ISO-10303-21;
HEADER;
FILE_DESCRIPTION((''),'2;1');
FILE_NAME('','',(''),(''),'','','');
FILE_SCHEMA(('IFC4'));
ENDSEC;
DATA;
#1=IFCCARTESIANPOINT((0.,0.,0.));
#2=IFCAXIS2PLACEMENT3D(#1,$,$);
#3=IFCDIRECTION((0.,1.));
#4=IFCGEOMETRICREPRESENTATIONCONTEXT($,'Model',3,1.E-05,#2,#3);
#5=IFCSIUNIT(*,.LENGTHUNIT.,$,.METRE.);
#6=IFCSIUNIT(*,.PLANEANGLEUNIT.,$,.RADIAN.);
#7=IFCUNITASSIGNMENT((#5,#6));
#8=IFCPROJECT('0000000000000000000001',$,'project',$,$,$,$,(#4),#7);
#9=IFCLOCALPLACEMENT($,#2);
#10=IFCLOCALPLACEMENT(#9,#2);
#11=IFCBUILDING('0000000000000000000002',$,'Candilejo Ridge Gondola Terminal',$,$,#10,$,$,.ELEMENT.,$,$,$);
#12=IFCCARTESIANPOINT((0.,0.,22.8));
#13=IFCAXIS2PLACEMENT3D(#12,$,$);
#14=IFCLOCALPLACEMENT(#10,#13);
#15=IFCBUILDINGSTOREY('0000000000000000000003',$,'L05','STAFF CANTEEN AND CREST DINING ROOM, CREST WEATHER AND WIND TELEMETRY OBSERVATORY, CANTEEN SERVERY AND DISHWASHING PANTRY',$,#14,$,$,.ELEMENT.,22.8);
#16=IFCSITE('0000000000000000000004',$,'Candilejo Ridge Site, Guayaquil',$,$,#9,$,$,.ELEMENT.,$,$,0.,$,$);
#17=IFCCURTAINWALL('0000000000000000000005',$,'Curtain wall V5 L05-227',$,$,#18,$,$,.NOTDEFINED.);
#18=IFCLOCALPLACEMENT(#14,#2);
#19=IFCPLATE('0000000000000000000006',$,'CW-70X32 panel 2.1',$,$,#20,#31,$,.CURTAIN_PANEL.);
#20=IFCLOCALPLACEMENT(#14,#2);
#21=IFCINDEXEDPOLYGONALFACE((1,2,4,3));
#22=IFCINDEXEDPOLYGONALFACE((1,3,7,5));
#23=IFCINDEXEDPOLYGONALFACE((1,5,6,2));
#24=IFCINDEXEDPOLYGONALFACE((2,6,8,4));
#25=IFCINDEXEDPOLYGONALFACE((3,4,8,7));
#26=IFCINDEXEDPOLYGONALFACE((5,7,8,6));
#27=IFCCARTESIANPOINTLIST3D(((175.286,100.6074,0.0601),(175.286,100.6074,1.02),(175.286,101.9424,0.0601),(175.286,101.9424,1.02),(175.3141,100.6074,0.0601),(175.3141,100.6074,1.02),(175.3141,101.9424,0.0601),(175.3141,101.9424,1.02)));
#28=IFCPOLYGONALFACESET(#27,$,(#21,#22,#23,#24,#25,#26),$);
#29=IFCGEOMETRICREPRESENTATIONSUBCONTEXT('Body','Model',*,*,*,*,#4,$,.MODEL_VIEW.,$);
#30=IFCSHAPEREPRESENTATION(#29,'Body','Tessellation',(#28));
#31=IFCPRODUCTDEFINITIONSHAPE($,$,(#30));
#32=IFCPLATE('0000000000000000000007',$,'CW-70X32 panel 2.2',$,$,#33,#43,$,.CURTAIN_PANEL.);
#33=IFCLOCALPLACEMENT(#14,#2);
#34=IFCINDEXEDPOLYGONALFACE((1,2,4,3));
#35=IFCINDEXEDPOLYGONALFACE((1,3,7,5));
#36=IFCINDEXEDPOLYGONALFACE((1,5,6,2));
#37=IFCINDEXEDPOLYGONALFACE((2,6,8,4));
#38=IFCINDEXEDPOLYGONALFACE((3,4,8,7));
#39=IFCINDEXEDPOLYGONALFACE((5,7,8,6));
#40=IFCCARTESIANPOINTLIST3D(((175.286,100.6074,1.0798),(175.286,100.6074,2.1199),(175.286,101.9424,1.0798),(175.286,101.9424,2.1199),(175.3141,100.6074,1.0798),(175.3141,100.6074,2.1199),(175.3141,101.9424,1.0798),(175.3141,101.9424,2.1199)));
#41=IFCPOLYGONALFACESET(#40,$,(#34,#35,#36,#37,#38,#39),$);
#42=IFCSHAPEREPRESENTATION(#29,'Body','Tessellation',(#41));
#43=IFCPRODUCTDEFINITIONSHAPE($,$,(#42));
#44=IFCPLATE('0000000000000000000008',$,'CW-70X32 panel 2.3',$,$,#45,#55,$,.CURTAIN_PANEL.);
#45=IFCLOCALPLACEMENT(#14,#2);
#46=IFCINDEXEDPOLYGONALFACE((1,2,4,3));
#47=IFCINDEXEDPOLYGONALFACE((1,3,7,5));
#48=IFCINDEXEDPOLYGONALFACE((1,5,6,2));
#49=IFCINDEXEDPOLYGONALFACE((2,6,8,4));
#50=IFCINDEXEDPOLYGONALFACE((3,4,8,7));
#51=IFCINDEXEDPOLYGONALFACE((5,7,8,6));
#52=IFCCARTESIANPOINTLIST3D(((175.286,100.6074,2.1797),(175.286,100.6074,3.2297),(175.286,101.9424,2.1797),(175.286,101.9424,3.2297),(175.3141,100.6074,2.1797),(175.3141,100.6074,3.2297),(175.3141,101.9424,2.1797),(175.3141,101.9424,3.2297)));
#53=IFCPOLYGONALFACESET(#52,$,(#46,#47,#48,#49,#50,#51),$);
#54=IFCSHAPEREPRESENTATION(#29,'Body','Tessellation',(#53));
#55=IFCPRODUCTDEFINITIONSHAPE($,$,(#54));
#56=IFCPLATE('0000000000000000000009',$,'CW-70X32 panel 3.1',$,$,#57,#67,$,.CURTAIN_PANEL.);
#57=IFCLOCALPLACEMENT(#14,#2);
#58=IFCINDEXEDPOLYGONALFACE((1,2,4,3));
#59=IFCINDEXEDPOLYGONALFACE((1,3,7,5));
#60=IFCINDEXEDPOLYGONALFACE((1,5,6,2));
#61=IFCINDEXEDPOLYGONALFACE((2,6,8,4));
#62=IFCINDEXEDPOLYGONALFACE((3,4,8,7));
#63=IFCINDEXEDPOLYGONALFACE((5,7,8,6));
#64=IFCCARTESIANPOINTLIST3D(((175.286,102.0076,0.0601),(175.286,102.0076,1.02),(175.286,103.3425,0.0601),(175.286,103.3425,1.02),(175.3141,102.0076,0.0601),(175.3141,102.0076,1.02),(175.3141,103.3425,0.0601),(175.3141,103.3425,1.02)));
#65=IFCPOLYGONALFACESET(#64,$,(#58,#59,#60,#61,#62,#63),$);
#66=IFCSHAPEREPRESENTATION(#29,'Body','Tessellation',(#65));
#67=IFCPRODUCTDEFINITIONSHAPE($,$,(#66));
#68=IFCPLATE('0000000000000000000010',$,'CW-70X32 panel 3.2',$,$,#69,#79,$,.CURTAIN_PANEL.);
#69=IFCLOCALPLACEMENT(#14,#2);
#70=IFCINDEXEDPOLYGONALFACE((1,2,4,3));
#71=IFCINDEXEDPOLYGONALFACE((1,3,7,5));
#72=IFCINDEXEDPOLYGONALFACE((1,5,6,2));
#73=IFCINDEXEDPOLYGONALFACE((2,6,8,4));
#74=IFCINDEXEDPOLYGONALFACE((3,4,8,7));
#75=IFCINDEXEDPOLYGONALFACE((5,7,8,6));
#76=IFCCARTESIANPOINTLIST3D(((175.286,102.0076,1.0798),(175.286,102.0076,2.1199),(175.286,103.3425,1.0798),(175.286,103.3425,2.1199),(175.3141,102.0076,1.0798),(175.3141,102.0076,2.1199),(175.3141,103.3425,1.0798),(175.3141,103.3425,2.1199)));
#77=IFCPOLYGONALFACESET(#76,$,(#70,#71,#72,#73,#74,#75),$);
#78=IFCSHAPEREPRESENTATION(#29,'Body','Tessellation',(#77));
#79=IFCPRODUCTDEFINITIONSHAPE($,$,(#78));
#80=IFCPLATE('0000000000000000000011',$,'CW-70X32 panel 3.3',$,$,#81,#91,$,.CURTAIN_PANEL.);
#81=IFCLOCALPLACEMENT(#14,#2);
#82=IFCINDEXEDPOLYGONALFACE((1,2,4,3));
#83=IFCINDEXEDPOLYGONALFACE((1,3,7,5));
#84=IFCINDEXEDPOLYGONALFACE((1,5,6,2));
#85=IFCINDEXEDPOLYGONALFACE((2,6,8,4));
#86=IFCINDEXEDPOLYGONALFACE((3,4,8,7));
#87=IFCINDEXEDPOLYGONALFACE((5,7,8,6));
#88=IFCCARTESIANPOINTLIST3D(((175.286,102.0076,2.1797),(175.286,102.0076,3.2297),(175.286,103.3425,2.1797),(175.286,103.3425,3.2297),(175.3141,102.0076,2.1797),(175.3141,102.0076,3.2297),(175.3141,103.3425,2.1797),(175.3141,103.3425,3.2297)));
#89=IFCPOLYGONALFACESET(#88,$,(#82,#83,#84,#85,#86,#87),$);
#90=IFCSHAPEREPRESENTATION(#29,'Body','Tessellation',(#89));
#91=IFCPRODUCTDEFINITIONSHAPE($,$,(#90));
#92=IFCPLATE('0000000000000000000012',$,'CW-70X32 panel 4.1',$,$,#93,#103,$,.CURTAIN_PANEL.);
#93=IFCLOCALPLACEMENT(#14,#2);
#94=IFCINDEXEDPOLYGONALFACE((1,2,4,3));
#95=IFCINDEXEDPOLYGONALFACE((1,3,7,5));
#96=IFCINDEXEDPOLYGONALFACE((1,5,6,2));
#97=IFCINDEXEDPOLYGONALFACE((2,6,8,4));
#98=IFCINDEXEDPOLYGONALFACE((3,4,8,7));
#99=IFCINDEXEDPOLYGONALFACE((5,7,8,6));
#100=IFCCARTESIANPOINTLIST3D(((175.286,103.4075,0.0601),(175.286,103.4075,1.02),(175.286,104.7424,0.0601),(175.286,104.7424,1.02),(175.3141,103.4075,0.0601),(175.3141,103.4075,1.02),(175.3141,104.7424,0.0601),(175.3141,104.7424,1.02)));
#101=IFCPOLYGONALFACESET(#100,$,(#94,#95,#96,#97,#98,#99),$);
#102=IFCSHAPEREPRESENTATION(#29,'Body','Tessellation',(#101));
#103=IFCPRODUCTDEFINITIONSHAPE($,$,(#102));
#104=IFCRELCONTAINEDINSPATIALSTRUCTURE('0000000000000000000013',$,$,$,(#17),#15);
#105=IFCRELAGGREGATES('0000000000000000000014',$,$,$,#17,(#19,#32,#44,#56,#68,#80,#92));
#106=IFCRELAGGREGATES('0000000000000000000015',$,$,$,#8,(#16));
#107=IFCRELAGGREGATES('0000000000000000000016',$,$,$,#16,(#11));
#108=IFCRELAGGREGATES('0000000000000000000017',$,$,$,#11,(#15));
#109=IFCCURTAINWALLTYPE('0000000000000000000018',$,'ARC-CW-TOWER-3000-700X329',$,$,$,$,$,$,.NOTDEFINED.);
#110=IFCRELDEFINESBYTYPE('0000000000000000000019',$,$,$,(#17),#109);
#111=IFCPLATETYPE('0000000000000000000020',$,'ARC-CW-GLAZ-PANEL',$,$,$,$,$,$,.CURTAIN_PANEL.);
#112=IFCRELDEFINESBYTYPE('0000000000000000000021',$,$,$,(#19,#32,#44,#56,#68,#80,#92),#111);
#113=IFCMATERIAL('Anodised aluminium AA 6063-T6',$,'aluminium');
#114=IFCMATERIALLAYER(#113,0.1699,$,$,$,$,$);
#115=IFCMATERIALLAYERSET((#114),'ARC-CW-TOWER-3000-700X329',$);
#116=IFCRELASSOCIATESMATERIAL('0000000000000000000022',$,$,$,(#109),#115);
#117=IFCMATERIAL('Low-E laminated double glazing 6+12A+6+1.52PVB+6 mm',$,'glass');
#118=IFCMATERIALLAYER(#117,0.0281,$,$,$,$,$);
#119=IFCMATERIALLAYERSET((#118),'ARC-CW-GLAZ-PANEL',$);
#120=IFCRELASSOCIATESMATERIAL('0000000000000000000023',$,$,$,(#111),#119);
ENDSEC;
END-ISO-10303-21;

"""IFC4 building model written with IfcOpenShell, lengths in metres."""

from ifc_helpers import new_model, si_unit, direction, frame, origin, origin_2d, place, context, subcontext, project, spatial, rectangle, extrude, material, layer, layer_set, type_object, element, aggregate, save


model = new_model("IFC4")

# Units and contexts
model_context = context("Model", 3, precision=1e-05, world=origin(), true_north=direction((0.0, 1.0)))
body_context = subcontext(model_context, "Body", "Model", "MODEL_VIEW")
ifc_project = project(units=[si_unit("LENGTHUNIT", "METRE"), si_unit("PLANEANGLEUNIT", "RADIAN")], contexts=[model_context])

# Site, building, storey
site_placement = place(None, origin())
site = spatial("IfcSite", under=ifc_project, at=site_placement, Name="Candilejo Ridge Site, Guayaquil", CompositionType="ELEMENT", RefElevation=0.0)
building_placement = place(site_placement, origin())
building = spatial("IfcBuilding", under=site, at=building_placement, Name="Candilejo Ridge Gondola Terminal", CompositionType="ELEMENT")
storey_placement = place(building_placement, frame((0.0, 0.0, 22.8)))
storey = spatial("IfcBuildingStorey", under=building, at=storey_placement, Name="L05", Description="STAFF CANTEEN AND CREST DINING ROOM, CREST WEATHER AND WIND TELEMETRY OBSERVATORY, CANTEEN SERVERY AND DISHWASHING PANTRY", CompositionType="ELEMENT", Elevation=22.8)

# Curtain wall, plates
ifc_material_1 = material(Name="Anodised aluminium AA 6063-T6", Category="aluminium")
ifc_layer_1 = layer(ifc_material_1, 0.1699)
ifc_layer_set_1 = layer_set([ifc_layer_1], Name="ARC-CW-TOWER-3000-700X329")
curtain_wall_type = type_object("IfcCurtainWallType", Name="ARC-CW-TOWER-3000-700X329", PredefinedType="NOTDEFINED", material=ifc_layer_set_1)
curtain_wall_placement = place(storey_placement, origin())
curtain_wall = element("IfcCurtainWall", 1, at=curtain_wall_placement, inside=storey, type_object=curtain_wall_type, Name="Curtain wall V5 L05-227", PredefinedType="NOTDEFINED")
ifc_material_2 = material(Name="Low-E laminated double glazing 6+12A+6+1.52PVB+6 mm", Category="glass")
ifc_layer_2 = layer(ifc_material_2, 0.0281)
ifc_layer_set_2 = layer_set([ifc_layer_2], Name="ARC-CW-GLAZ-PANEL")
plate_type = type_object("IfcPlateType", Name="ARC-CW-GLAZ-PANEL", PredefinedType="CURTAIN_PANEL", material=ifc_layer_set_2)
plate_1_placement = place(storey_placement, frame((175.3, 101.2749, 0.0601), z_axis=(0.0, 0.0, 1.0), x_axis=(0.0, 1.0, 0.0)))
plate_1 = element("IfcPlate", 2, at=plate_1_placement, type_object=plate_type, Name="CW-70X32 panel 2.1", PredefinedType="CURTAIN_PANEL", context=body_context, shape_type="SweptSolid", body=[
    extrude(rectangle(XDim=1.335, YDim=0.0281, at=origin_2d()), origin(), (0.0, 0.0, 1.0), 0.96),
])
plate_2_placement = place(storey_placement, frame((175.3, 101.2749, 1.0798), z_axis=(0.0, 0.0, 1.0), x_axis=(0.0, 1.0, 0.0)))
plate_2 = element("IfcPlate", 3, at=plate_2_placement, type_object=plate_type, Name="CW-70X32 panel 2.2", PredefinedType="CURTAIN_PANEL", context=body_context, shape_type="SweptSolid", body=[
    extrude(rectangle(XDim=1.335, YDim=0.0281, at=origin_2d()), origin(), (0.0, 0.0, 1.0), 1.04),
])
plate_3_placement = place(storey_placement, frame((175.3, 101.2749, 2.1797), z_axis=(0.0, 0.0, 1.0), x_axis=(0.0, 1.0, 0.0)))
plate_3 = element("IfcPlate", 4, at=plate_3_placement, type_object=plate_type, Name="CW-70X32 panel 2.3", PredefinedType="CURTAIN_PANEL", context=body_context, shape_type="SweptSolid", body=[
    extrude(rectangle(XDim=1.335, YDim=0.0281, at=origin_2d()), origin(), (0.0, 0.0, 1.0), 1.05),
])
plate_4_placement = place(storey_placement, frame((175.3, 102.675, 0.0601), z_axis=(0.0, 0.0, 1.0), x_axis=(0.0, 1.0, 0.0)))
plate_4 = element("IfcPlate", 5, at=plate_4_placement, type_object=plate_type, Name="CW-70X32 panel 3.1", PredefinedType="CURTAIN_PANEL", context=body_context, shape_type="SweptSolid", body=[
    extrude(rectangle(XDim=1.335, YDim=0.0281, at=origin_2d()), origin(), (0.0, 0.0, 1.0), 0.96),
])
plate_5_placement = place(storey_placement, frame((175.3, 102.675, 1.0798), z_axis=(0.0, 0.0, 1.0), x_axis=(0.0, 1.0, 0.0)))
plate_5 = element("IfcPlate", 6, at=plate_5_placement, type_object=plate_type, Name="CW-70X32 panel 3.2", PredefinedType="CURTAIN_PANEL", context=body_context, shape_type="SweptSolid", body=[
    extrude(rectangle(XDim=1.335, YDim=0.0281, at=origin_2d()), origin(), (0.0, 0.0, 1.0), 1.04),
])
plate_6_placement = place(storey_placement, frame((175.3, 102.675, 2.1797), z_axis=(0.0, 0.0, 1.0), x_axis=(0.0, 1.0, 0.0)))
plate_6 = element("IfcPlate", 7, at=plate_6_placement, type_object=plate_type, Name="CW-70X32 panel 3.3", PredefinedType="CURTAIN_PANEL", context=body_context, shape_type="SweptSolid", body=[
    extrude(rectangle(XDim=1.335, YDim=0.0281, at=origin_2d()), origin(), (0.0, 0.0, 1.0), 1.05),
])
plate_7_placement = place(storey_placement, frame((175.3, 104.075, 0.0601), z_axis=(0.0, 0.0, 1.0), x_axis=(0.0, 1.0, 0.0)))
plate_7 = element("IfcPlate", 8, at=plate_7_placement, type_object=plate_type, Name="CW-70X32 panel 4.1", PredefinedType="CURTAIN_PANEL", context=body_context, shape_type="SweptSolid", body=[
    extrude(rectangle(XDim=1.335, YDim=0.0281, at=origin_2d()), origin(), (0.0, 0.0, 1.0), 0.96),
])
aggregate(curtain_wall, [plate_1, plate_2, plate_3, plate_4, plate_5, plate_6, plate_7])

save(model, "model.ifc")
